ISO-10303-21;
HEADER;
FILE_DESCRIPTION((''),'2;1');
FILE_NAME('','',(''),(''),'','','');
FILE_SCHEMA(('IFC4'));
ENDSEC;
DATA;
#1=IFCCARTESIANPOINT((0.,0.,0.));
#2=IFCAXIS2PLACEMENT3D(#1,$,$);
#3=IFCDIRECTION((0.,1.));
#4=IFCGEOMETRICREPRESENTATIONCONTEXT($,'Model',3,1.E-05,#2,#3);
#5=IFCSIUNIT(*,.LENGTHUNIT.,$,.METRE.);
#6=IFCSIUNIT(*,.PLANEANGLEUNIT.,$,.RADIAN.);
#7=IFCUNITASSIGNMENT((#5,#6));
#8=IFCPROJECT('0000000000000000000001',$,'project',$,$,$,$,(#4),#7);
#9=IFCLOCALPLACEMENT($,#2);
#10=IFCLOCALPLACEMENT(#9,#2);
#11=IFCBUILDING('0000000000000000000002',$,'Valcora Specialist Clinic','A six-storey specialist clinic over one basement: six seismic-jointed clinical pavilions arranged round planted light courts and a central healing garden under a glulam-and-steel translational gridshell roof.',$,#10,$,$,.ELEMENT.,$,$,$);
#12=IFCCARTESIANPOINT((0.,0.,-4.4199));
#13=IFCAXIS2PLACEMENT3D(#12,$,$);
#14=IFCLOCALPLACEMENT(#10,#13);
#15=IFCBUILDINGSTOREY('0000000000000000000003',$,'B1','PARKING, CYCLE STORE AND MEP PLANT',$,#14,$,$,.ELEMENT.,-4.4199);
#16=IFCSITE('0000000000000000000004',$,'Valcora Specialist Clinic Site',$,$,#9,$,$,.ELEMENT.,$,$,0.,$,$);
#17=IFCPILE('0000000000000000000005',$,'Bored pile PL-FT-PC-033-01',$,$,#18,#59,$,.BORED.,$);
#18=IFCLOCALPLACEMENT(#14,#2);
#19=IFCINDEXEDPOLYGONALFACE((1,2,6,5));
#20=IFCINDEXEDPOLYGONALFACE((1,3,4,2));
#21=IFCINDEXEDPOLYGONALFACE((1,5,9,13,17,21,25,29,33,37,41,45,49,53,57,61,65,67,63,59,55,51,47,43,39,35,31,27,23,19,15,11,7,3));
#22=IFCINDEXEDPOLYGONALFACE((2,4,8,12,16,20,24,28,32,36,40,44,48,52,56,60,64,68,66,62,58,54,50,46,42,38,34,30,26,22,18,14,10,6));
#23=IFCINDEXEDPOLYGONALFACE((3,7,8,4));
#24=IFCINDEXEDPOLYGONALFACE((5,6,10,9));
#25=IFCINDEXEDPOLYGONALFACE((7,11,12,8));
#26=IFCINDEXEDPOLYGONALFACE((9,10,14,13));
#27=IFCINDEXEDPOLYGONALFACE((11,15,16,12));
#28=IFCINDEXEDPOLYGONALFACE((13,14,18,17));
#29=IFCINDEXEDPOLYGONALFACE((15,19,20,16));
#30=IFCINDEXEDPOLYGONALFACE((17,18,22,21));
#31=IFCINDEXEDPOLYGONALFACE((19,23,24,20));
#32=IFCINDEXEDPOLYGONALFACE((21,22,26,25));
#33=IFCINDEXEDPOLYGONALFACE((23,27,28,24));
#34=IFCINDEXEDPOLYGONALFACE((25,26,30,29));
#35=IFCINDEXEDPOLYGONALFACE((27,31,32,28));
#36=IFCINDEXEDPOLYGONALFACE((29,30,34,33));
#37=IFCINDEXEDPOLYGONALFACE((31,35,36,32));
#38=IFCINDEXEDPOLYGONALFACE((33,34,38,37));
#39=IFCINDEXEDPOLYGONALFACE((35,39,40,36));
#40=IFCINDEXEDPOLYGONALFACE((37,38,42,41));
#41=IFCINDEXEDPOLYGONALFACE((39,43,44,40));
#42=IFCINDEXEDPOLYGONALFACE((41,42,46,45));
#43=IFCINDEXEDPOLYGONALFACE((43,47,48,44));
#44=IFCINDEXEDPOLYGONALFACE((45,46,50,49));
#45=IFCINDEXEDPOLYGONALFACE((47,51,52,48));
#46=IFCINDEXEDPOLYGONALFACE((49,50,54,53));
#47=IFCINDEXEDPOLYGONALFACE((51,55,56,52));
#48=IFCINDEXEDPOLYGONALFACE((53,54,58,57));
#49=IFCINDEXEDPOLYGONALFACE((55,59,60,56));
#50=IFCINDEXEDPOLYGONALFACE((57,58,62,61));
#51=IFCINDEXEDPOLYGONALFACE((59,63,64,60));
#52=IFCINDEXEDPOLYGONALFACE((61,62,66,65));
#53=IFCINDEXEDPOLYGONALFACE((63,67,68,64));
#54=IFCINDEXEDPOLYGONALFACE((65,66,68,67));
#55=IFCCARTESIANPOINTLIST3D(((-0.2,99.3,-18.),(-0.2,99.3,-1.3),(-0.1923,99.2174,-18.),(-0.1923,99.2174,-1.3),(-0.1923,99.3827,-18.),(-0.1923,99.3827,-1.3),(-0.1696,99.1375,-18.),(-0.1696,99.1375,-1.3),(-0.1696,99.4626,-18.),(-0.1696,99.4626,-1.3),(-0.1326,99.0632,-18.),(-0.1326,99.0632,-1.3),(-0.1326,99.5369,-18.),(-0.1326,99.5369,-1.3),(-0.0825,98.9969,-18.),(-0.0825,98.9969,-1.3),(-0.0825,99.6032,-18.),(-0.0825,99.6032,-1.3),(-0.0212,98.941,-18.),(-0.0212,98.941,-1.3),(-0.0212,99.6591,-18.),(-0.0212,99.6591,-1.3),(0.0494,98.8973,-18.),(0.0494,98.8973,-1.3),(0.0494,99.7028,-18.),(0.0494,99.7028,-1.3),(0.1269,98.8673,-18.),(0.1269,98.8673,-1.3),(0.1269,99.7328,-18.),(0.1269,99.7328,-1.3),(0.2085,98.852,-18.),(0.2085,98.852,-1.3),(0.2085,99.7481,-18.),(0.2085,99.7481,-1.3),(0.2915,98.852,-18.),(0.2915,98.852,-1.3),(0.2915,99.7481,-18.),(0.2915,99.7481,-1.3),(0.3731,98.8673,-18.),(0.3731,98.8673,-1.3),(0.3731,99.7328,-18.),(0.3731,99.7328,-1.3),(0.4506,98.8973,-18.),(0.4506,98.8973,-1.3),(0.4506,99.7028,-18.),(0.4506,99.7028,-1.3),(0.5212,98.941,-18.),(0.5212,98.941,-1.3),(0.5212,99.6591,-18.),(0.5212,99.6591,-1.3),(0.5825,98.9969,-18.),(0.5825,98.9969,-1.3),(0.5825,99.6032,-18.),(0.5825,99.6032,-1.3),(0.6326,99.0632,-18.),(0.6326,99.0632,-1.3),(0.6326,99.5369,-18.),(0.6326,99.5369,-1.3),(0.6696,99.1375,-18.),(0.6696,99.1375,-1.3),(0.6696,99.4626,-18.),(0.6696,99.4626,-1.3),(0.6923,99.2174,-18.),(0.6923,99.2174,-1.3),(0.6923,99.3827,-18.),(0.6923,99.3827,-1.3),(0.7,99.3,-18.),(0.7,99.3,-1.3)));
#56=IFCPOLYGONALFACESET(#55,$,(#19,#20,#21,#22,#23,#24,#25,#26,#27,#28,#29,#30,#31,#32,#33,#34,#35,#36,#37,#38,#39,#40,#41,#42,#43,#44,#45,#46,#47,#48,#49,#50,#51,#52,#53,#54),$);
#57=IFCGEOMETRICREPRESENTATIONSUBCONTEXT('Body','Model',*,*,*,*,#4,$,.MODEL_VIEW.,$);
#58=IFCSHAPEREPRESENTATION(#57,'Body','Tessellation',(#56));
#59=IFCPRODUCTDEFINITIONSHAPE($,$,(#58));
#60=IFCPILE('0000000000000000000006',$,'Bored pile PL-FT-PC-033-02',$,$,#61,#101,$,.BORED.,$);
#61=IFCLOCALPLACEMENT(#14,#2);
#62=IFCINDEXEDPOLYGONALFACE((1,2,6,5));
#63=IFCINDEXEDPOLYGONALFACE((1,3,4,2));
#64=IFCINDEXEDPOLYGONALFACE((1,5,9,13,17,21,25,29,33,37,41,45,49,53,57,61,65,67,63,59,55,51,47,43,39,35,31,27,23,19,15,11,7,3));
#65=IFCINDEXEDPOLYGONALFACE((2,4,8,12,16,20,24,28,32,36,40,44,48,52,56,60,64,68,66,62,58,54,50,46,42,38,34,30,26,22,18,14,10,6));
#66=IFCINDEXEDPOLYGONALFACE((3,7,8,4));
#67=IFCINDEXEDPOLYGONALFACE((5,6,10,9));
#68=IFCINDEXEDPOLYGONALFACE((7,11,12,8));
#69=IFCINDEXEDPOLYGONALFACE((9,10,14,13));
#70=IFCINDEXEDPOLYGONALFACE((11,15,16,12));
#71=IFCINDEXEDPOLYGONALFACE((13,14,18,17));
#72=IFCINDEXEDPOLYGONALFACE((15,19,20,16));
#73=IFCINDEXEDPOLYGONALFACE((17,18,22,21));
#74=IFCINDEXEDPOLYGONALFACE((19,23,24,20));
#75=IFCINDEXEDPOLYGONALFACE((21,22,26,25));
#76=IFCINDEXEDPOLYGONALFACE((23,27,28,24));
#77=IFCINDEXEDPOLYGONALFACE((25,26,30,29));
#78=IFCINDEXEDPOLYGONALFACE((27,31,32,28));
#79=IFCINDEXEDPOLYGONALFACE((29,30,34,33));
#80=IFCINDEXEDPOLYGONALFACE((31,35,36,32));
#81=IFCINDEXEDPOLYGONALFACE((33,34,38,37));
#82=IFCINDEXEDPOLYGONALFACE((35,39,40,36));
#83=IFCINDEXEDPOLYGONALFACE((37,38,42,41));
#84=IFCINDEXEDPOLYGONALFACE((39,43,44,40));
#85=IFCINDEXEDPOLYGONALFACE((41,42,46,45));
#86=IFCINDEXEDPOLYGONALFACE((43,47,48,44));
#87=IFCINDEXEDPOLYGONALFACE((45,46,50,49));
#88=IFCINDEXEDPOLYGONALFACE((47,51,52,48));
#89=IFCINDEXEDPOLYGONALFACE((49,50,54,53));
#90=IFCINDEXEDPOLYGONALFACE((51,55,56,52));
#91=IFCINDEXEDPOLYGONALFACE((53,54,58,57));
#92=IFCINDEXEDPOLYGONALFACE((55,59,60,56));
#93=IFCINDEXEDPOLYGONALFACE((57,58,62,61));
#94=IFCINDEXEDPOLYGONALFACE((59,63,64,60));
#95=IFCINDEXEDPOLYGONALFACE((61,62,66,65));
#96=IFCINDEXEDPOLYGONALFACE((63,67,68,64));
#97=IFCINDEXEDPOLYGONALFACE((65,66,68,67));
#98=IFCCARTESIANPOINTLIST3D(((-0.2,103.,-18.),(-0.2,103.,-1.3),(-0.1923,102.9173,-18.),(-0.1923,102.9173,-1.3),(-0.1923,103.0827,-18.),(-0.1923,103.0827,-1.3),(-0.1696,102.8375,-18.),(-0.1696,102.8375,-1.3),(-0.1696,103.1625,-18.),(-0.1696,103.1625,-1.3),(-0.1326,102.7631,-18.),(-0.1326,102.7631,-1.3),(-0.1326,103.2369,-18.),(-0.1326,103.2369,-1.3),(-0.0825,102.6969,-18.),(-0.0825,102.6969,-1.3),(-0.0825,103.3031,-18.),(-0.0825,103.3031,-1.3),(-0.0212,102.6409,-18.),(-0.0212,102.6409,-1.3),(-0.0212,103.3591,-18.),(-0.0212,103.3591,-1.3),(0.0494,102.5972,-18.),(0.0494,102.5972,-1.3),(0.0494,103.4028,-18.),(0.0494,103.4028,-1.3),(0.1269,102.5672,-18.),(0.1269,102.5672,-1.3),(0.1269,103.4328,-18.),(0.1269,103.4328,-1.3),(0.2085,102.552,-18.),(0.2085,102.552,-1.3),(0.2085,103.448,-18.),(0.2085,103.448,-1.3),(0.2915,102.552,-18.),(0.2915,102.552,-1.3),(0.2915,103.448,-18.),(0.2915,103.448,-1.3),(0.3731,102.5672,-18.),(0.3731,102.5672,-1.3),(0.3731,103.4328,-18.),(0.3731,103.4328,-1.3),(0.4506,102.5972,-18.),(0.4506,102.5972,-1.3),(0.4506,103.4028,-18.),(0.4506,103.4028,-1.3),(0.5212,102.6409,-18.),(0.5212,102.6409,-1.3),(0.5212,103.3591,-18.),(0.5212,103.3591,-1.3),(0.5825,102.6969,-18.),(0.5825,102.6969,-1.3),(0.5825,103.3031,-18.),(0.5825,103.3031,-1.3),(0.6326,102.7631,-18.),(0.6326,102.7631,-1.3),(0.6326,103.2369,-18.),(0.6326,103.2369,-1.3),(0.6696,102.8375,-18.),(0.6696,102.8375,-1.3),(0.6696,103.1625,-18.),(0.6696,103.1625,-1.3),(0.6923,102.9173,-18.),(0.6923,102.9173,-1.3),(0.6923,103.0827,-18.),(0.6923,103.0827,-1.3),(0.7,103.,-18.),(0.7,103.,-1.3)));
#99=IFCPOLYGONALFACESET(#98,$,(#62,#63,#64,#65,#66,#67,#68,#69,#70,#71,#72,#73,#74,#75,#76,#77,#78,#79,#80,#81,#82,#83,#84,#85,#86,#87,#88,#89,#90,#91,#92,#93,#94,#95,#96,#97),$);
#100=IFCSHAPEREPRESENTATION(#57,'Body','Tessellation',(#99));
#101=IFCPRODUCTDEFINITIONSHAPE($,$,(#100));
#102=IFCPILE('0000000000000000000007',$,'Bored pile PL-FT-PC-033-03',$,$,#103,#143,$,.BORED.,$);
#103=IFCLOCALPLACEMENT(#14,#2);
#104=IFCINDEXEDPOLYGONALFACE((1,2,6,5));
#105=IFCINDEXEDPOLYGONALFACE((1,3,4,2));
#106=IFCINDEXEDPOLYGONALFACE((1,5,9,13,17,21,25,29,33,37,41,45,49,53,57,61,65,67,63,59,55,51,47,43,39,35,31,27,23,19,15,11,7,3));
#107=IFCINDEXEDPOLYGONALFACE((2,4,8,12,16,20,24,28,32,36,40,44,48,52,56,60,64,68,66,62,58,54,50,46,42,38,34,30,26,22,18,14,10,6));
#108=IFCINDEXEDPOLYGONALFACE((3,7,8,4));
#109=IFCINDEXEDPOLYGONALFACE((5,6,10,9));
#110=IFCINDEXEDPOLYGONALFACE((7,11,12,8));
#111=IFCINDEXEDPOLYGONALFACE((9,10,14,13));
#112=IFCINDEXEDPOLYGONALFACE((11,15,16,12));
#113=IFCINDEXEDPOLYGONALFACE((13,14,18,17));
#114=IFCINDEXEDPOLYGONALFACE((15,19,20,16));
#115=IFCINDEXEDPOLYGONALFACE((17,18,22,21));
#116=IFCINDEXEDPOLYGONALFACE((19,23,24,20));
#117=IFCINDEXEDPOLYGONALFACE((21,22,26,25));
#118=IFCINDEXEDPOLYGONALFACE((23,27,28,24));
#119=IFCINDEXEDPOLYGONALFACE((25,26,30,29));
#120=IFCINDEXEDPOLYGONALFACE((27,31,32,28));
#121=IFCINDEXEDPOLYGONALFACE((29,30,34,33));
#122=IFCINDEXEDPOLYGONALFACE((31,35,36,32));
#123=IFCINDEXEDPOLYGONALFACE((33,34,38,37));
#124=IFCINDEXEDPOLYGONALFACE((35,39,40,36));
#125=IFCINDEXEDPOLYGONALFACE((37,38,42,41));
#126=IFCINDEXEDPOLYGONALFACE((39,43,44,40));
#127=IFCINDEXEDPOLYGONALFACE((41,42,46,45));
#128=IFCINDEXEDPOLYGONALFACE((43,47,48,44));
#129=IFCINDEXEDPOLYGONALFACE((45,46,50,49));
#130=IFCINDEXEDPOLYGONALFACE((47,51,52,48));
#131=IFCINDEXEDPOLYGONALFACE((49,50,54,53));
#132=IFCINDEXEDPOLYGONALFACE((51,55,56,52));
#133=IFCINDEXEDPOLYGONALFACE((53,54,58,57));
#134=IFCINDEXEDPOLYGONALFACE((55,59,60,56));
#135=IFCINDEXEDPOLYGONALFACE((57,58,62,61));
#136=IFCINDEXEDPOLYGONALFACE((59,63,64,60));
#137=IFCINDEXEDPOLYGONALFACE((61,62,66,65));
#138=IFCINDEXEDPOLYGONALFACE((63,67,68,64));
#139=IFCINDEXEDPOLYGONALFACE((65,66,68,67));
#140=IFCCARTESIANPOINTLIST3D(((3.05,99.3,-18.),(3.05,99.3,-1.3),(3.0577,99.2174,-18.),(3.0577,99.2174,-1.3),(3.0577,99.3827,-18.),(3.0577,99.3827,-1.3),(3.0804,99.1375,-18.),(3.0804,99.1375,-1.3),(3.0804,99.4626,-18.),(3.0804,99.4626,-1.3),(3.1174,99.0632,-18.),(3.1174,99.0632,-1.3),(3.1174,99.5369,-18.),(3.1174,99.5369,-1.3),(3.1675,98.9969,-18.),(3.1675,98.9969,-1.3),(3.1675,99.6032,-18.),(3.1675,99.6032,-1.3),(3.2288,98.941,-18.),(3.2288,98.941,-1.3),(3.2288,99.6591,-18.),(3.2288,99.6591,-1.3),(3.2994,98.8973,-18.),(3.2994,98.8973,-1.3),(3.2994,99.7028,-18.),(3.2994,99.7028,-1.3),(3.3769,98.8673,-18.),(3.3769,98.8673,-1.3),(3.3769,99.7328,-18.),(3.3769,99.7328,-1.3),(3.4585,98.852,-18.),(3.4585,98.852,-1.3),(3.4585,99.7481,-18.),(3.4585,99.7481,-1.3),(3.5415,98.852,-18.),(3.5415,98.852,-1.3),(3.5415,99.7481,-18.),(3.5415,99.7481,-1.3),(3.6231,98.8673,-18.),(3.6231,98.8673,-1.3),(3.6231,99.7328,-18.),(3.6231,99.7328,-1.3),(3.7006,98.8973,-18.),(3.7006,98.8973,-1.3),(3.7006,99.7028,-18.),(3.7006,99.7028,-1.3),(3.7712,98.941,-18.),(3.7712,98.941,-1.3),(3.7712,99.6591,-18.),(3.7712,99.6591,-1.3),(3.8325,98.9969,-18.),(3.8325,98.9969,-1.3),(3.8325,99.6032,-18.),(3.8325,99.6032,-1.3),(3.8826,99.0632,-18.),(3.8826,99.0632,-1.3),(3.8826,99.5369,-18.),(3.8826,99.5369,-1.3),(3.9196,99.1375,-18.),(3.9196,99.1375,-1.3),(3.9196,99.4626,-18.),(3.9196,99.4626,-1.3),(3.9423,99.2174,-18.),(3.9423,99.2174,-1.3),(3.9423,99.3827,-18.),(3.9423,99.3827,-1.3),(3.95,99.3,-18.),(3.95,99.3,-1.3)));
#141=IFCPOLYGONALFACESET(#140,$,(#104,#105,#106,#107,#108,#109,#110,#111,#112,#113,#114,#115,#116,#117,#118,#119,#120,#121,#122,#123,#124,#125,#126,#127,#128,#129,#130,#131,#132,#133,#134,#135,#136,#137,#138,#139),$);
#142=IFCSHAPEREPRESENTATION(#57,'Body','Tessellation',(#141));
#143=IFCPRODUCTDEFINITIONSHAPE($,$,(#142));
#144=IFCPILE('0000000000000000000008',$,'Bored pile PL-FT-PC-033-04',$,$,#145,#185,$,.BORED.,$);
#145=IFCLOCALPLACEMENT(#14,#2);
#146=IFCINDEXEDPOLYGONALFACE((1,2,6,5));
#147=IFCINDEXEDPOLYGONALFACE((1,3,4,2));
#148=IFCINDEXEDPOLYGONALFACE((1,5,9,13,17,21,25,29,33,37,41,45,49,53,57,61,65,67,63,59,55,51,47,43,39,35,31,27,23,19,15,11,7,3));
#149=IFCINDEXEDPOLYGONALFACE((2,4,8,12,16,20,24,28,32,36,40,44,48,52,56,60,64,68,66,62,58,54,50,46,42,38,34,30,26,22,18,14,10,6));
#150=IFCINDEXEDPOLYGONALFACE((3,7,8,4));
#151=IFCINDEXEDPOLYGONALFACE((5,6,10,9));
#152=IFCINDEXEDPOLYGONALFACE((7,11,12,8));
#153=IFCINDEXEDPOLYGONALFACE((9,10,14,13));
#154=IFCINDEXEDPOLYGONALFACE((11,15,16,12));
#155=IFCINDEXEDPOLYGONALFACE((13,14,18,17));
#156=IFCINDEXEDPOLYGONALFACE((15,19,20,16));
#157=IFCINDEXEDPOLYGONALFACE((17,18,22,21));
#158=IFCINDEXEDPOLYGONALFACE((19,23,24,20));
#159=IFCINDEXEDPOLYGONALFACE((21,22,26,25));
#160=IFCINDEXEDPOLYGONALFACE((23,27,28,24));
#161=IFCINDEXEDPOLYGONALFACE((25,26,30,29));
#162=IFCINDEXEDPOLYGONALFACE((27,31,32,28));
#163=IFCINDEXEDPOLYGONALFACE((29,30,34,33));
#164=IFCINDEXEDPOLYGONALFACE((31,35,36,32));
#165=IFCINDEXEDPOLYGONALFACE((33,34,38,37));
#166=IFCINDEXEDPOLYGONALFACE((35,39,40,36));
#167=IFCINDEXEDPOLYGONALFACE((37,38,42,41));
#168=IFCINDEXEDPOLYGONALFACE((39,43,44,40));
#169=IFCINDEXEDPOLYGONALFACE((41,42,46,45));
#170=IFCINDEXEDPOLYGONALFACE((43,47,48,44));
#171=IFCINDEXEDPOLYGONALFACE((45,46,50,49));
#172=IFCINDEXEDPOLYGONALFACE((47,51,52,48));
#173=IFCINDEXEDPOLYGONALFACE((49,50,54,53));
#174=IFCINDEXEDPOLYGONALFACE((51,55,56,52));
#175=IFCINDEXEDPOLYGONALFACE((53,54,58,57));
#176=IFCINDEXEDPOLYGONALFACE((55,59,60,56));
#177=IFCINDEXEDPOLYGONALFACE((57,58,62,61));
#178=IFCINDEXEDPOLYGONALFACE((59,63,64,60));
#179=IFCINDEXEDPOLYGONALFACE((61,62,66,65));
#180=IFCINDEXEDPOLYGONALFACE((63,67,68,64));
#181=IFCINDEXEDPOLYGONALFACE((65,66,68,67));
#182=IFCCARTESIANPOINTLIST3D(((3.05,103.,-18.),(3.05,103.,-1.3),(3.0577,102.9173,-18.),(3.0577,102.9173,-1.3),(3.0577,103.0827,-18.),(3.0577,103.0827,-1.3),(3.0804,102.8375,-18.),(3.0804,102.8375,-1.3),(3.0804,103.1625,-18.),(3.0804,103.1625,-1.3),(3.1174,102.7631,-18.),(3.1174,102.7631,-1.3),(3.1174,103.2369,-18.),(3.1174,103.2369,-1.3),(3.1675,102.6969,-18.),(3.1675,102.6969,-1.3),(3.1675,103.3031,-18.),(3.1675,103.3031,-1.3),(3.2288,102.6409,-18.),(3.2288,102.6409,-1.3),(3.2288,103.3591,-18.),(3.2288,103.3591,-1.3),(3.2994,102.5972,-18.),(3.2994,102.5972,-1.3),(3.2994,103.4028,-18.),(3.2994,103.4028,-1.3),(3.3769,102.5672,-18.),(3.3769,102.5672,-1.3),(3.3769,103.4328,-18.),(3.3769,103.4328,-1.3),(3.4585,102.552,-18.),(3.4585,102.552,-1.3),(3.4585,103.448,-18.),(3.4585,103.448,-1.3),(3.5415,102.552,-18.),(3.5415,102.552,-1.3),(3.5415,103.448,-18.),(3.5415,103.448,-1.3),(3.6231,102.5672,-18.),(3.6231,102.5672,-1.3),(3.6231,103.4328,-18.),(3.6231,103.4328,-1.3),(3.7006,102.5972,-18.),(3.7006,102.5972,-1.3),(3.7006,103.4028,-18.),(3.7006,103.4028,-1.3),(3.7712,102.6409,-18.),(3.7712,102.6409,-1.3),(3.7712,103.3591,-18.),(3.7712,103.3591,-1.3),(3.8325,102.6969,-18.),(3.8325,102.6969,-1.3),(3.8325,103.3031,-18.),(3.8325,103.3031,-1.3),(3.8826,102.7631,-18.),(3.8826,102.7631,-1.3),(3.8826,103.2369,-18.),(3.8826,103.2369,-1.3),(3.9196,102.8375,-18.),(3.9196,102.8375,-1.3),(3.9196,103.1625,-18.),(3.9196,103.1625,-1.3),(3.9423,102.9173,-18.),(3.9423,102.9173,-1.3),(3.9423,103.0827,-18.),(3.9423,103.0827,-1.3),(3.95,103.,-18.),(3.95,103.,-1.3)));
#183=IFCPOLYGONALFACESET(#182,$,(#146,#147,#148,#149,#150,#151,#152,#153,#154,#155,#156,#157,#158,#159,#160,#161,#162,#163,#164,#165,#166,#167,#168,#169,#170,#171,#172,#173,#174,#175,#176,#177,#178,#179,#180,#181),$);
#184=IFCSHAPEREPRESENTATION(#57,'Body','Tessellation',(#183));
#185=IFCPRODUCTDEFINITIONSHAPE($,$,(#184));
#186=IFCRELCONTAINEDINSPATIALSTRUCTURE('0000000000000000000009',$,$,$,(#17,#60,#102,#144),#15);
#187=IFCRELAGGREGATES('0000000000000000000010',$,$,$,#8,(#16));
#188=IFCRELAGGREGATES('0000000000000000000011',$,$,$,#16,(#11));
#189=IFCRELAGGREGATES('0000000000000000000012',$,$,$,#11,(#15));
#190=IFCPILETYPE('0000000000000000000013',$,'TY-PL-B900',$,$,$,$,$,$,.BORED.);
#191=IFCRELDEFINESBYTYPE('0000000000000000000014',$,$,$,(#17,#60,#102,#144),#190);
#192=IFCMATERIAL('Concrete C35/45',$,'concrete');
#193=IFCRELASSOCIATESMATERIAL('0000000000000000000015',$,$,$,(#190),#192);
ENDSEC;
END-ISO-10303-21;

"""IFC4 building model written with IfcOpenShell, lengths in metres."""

from ifc_helpers import new_model, si_unit, direction, frame, origin, origin_2d, place, context, subcontext, project, spatial, circle, extrude, material, material_profile, profile_set, type_object, element, save


model = new_model("IFC4")

# Units and contexts
model_context = context("Model", 3, precision=1e-05, world=origin(), true_north=direction((0.0, 1.0)))
body_context = subcontext(model_context, "Body", "Model", "MODEL_VIEW")
ifc_project = project(units=[si_unit("LENGTHUNIT", "METRE"), si_unit("PLANEANGLEUNIT", "RADIAN")], contexts=[model_context])

# Site, building, storey
site_placement = place(None, origin())
site = spatial("IfcSite", under=ifc_project, at=site_placement, Name="Valcora Specialist Clinic Site", CompositionType="ELEMENT", RefElevation=0.0)
building_placement = place(site_placement, origin())
building = spatial("IfcBuilding", under=site, at=building_placement, Name="Valcora Specialist Clinic", Description="A six-storey specialist clinic over one basement: six seismic-jointed clinical pavilions arranged round planted light courts and a central healing garden under a glulam-and-steel translational gridshell roof.", CompositionType="ELEMENT")
storey_placement = place(building_placement, frame((0.0, 0.0, -4.4199)))
storey = spatial("IfcBuildingStorey", under=building, at=storey_placement, Name="B1", Description="PARKING, CYCLE STORE AND MEP PLANT", CompositionType="ELEMENT", Elevation=-4.4199)

# Shared definitions
ifc_material_1 = material(Name="Concrete C35/45", Category="concrete")

# Piles
ifc_material_profile_1 = material_profile(ifc_material_1, circle(Radius=0.45, at=origin_2d()), Name="RC-PIL-D900")
ifc_profile_set_1 = profile_set([ifc_material_profile_1], Name="Concrete C35/45")
pile_type_1 = type_object("IfcPileType", Name="TY-PL-B900", PredefinedType="BORED", material=ifc_profile_set_1)
for number, where, z_axis, x_axis, name in (
    (1, (0.25, 99.3, -1.3), (0.0, 0.0, -1.0), (1.0, 0.0, 0.0), "Bored pile PL-FT-PC-033-01"),
    (2, (0.25, 103.0, -1.3), (0.0, 0.0, -1.0), (1.0, 0.0, 0.0), "Bored pile PL-FT-PC-033-02"),
    (3, (3.5, 99.3, -1.3), (0.0, 0.0, -1.0), (1.0, 0.0, 0.0), "Bored pile PL-FT-PC-033-03"),
    (4, (3.5, 103.0, -1.3), (0.0, 0.0, -1.0), (1.0, 0.0, 0.0), "Bored pile PL-FT-PC-033-04"),
):
    element("IfcPile", number, at=place(storey_placement, frame(where, z_axis=z_axis, x_axis=x_axis)), inside=storey, type_object=pile_type_1, Name=name, PredefinedType="BORED", context=body_context, shape_type="SweptSolid", body=[
        extrude(circle(Radius=0.45, at=origin_2d()), origin(), (0.0, 0.0, 1.0), 16.7),
    ])

save(model, "model.ifc")
